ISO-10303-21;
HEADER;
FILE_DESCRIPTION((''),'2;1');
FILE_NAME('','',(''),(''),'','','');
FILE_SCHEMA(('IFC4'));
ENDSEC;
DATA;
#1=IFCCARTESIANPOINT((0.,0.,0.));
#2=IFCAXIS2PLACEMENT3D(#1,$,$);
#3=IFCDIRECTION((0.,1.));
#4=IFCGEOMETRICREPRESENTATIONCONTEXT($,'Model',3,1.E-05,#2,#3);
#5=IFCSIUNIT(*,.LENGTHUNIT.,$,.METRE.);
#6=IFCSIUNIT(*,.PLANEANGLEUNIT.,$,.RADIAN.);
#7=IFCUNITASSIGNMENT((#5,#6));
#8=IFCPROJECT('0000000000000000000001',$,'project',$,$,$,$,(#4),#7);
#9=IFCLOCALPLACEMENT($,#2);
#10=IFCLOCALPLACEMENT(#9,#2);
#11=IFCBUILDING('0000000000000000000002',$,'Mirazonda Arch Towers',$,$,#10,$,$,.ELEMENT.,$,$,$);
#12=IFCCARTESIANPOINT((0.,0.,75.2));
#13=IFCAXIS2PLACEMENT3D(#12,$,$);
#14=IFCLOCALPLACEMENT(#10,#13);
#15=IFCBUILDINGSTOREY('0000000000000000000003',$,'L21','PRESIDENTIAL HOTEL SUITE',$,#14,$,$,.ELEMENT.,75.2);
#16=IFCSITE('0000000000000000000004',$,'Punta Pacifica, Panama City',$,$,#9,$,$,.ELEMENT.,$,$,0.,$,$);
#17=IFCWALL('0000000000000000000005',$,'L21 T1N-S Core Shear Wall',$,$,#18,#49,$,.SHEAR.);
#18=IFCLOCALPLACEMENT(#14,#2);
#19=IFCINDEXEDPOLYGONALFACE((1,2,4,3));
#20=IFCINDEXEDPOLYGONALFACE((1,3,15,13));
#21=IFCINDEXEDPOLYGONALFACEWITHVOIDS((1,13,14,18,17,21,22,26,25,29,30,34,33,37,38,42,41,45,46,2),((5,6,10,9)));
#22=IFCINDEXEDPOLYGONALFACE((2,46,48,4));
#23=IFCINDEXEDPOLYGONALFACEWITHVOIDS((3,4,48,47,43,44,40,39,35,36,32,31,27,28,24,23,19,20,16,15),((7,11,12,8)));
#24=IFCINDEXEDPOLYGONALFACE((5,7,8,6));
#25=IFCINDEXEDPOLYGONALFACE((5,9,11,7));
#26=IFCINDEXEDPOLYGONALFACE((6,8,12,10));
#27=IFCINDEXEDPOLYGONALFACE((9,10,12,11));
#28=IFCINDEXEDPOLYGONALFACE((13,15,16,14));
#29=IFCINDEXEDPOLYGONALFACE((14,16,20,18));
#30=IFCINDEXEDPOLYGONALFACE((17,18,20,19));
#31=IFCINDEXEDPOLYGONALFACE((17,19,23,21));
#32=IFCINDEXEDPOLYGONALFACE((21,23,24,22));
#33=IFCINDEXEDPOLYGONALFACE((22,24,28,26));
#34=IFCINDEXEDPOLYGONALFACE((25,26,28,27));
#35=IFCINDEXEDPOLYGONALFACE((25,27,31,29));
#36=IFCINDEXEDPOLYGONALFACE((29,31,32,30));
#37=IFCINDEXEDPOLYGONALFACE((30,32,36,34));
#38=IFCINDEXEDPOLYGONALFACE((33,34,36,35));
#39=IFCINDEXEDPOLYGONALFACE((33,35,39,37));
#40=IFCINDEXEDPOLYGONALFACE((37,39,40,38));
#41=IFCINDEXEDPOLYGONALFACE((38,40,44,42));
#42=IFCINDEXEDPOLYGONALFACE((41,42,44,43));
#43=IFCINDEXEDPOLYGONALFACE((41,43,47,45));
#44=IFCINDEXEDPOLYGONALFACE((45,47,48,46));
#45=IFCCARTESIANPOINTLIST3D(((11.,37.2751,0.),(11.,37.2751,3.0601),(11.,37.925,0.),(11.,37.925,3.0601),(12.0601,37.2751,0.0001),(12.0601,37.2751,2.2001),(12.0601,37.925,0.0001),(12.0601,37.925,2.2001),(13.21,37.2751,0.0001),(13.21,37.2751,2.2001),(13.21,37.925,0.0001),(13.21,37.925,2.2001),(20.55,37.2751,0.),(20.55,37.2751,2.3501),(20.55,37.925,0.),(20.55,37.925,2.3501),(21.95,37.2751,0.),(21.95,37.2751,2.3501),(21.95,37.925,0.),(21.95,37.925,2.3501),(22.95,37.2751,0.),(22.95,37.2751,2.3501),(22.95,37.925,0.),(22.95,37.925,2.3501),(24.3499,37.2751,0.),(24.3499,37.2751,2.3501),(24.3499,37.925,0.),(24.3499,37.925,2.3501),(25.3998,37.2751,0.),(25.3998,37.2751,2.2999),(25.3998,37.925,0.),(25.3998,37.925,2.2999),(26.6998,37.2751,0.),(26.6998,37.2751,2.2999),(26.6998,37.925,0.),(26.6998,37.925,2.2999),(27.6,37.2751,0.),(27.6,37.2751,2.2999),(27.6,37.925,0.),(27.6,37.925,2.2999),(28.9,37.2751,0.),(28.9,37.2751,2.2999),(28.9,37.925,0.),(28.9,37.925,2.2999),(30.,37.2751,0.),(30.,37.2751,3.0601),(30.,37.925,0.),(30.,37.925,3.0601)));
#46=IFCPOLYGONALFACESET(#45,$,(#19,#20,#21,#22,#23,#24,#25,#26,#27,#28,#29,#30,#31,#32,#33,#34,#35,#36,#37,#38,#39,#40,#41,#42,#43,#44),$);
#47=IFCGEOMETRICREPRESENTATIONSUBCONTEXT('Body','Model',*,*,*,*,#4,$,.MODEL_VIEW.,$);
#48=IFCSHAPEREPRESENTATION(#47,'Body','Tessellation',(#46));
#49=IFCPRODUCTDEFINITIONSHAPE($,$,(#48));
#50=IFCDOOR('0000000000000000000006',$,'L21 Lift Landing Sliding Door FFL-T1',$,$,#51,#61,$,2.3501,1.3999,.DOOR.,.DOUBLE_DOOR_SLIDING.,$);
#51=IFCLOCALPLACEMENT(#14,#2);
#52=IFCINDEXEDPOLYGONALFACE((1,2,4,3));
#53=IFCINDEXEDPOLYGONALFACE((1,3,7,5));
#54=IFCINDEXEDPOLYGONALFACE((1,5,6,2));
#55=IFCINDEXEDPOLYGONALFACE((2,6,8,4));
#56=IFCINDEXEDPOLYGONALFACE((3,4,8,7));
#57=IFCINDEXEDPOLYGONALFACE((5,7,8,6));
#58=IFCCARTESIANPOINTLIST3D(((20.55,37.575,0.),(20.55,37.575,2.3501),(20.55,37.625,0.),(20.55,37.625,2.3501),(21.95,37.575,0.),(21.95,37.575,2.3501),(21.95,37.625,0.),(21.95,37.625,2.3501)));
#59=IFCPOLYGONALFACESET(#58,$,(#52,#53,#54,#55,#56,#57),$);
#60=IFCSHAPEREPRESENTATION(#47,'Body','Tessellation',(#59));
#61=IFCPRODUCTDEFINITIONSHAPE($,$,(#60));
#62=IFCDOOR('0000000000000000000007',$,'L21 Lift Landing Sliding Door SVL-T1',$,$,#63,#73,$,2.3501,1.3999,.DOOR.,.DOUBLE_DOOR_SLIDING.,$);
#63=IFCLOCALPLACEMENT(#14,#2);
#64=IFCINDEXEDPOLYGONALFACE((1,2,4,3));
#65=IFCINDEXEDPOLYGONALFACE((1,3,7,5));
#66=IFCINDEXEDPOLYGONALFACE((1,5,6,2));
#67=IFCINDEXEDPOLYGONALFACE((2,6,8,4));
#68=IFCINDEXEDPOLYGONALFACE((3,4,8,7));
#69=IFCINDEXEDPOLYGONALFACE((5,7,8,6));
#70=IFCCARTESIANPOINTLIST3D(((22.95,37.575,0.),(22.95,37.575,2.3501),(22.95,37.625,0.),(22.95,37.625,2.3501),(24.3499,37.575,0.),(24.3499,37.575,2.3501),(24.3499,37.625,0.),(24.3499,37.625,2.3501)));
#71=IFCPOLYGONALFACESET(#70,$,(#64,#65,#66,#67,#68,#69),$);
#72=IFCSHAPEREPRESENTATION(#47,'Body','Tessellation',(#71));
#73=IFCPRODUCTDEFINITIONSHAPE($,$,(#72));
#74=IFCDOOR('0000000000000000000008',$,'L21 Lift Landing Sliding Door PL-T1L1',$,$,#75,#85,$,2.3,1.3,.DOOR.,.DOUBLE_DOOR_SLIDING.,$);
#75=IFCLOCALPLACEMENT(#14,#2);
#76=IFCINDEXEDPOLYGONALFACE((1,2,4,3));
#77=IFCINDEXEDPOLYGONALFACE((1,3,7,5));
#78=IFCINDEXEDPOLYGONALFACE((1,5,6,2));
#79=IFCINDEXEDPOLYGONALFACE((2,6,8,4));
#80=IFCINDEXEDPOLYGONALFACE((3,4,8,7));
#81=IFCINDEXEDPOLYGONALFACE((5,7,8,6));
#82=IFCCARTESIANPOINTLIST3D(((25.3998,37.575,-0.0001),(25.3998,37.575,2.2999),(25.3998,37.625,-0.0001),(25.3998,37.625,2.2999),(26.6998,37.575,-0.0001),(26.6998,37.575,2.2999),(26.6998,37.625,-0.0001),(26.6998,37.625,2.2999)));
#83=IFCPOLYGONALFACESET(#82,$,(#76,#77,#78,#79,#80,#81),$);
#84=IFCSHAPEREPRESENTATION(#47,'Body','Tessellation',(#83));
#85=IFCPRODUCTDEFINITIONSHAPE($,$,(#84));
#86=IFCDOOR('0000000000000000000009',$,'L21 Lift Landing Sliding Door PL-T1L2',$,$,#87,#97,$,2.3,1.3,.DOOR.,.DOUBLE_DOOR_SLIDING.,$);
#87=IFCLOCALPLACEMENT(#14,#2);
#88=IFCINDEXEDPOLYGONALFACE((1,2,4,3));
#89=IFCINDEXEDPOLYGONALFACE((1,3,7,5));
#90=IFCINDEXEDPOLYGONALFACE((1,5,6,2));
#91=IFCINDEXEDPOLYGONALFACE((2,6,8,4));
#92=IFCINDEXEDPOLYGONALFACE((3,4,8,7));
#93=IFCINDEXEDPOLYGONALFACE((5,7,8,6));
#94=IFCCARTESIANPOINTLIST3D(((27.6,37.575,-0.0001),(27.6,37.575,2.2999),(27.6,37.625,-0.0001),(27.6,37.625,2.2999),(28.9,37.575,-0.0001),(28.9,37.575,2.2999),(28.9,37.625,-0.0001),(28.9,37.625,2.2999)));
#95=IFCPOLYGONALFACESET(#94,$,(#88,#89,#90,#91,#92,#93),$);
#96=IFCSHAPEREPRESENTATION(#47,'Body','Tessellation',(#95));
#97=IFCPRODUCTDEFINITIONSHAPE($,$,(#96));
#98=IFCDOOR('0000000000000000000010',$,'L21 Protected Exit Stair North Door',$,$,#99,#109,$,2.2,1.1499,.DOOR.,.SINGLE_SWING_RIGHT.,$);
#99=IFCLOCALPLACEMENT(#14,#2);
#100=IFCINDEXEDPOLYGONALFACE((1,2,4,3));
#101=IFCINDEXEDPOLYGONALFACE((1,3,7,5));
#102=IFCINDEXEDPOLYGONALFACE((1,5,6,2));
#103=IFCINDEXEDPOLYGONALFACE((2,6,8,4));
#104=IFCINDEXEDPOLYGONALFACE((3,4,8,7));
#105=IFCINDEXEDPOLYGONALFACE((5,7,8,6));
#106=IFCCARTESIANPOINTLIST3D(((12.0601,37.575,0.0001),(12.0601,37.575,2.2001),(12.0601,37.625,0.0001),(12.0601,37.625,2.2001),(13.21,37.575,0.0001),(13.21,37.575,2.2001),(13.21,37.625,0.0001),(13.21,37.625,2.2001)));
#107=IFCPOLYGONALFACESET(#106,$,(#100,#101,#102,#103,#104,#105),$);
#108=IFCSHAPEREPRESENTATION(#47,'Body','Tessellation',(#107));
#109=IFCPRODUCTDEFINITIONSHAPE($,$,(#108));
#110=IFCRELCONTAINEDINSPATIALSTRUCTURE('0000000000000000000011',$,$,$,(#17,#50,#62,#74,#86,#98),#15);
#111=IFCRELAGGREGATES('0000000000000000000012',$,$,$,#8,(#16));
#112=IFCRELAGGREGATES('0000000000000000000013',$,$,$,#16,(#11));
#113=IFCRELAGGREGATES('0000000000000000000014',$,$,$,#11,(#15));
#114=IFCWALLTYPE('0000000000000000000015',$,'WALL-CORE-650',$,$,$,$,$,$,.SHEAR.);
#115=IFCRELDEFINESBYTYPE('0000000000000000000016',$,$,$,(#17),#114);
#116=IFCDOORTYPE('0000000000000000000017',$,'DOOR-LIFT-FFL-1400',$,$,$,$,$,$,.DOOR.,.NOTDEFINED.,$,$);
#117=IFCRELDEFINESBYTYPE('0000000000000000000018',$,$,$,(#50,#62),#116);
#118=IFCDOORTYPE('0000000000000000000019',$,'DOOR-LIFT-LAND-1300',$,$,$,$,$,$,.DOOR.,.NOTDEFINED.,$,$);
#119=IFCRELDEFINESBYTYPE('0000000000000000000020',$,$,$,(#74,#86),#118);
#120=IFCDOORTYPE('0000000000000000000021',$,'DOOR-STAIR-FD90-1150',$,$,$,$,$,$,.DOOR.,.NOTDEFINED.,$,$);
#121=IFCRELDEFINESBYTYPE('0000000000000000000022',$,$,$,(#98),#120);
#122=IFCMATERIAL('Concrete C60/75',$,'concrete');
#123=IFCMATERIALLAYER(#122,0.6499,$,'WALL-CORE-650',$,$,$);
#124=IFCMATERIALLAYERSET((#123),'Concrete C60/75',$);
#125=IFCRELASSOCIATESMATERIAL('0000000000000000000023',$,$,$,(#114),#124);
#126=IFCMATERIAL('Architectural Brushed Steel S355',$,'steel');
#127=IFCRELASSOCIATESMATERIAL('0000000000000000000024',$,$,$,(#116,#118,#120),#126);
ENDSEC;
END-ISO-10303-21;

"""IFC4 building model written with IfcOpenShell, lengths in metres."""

from ifc_helpers import new_model, si_unit, direction, frame, frame_2d, origin, place, context, subcontext, project, spatial, rectangle, extrude, material, layer, layer_set, type_object, element, fill, save


model = new_model("IFC4")

# Units and contexts
model_context = context("Model", 3, precision=1e-05, world=origin(), true_north=direction((0.0, 1.0)))
body_context = subcontext(model_context, "Body", "Model", "MODEL_VIEW")
ifc_project = project(units=[si_unit("LENGTHUNIT", "METRE"), si_unit("PLANEANGLEUNIT", "RADIAN")], contexts=[model_context])

# Site, building, storey
site_placement = place(None, origin())
site = spatial("IfcSite", under=ifc_project, at=site_placement, Name="Punta Pacifica, Panama City", CompositionType="ELEMENT", RefElevation=0.0)
building_placement = place(site_placement, origin())
building = spatial("IfcBuilding", under=site, at=building_placement, Name="Mirazonda Arch Towers", CompositionType="ELEMENT")
storey_placement = place(building_placement, frame((0.0, 0.0, 75.2)))
storey = spatial("IfcBuildingStorey", under=building, at=storey_placement, Name="L21", Description="PRESIDENTIAL HOTEL SUITE", CompositionType="ELEMENT", Elevation=75.2)

# Shared definitions
ifc_material_1 = material(Name="Concrete C60/75", Category="concrete")

# Shared definitions
ifc_layer_1 = layer(ifc_material_1, 0.6499, Name="WALL-CORE-650")
ifc_layer_set_1 = layer_set([ifc_layer_1], Name="Concrete C60/75")
wall_type_1 = type_object("IfcWallType", Name="WALL-CORE-650", PredefinedType="SHEAR", material=ifc_layer_set_1)

# Wall, openings, doors
wall_1_placement = place(storey_placement, frame((11.0, 37.6001, 0.0), z_axis=(0.0, 0.0, 1.0), x_axis=(1.0, 0.0, 0.0)))
wall_1 = element("IfcWall", 1, at=wall_1_placement, inside=storey, type_object=wall_type_1, Name="L21 T1N-S Core Shear Wall", PredefinedType="SHEAR", context=body_context, shape_type="SweptSolid", body=[
    extrude(rectangle(XDim=19.0, YDim=0.6499, at=frame_2d((9.5, 0.0))), origin(), (0.0, 0.0, 1.0), 3.0601),
])
opening_1_placement = place(wall_1_placement, frame((1.0601, 0.0, 0.0)))
opening_1 = element("IfcOpeningElement", 2, at=opening_1_placement, cuts=wall_1, PredefinedType="OPENING", context=body_context, shape_type="SweptSolid", body=[
    extrude(rectangle(XDim=1.1499, YDim=2.2, at=frame_2d((0.575, 1.1001))), frame((0.0, 0.335, 0.0), z_axis=(0.0, -1.0, 0.0), x_axis=(1.0, 0.0, 0.0)), (0.0, 0.0, 1.0), 0.6699),
])
opening_2_placement = place(wall_1_placement, frame((9.55, 0.0, 0.0)))
opening_2 = element("IfcOpeningElement", 3, at=opening_2_placement, cuts=wall_1, PredefinedType="OPENING", context=body_context, shape_type="SweptSolid", body=[
    extrude(rectangle(XDim=1.3999, YDim=2.3501, at=frame_2d((0.7, 1.175))), frame((0.0, 0.335, 0.0), z_axis=(0.0, -1.0, 0.0), x_axis=(1.0, 0.0, 0.0)), (0.0, 0.0, 1.0), 0.6699),
])
opening_3_placement = place(wall_1_placement, frame((11.95, 0.0, 0.0)))
opening_3 = element("IfcOpeningElement", 4, at=opening_3_placement, cuts=wall_1, PredefinedType="OPENING", context=body_context, shape_type="SweptSolid", body=[
    extrude(rectangle(XDim=1.3999, YDim=2.3501, at=frame_2d((0.7, 1.175))), frame((0.0, 0.335, 0.0), z_axis=(0.0, -1.0, 0.0), x_axis=(1.0, 0.0, 0.0)), (0.0, 0.0, 1.0), 0.6699),
])
opening_4_placement = place(wall_1_placement, frame((14.3999, 0.0, 0.0)))
opening_4 = element("IfcOpeningElement", 5, at=opening_4_placement, cuts=wall_1, PredefinedType="OPENING", context=body_context, shape_type="SweptSolid", body=[
    extrude(rectangle(XDim=1.3, YDim=2.3, at=frame_2d((0.6499, 1.1499))), frame((0.0, 0.335, 0.0), z_axis=(0.0, -1.0, 0.0), x_axis=(1.0, 0.0, 0.0)), (0.0, 0.0, 1.0), 0.6699),
])
opening_5_placement = place(wall_1_placement, frame((16.6001, 0.0, 0.0)))
opening_5 = element("IfcOpeningElement", 6, at=opening_5_placement, cuts=wall_1, PredefinedType="OPENING", context=body_context, shape_type="SweptSolid", body=[
    extrude(rectangle(XDim=1.3, YDim=2.3, at=frame_2d((0.6499, 1.1499))), frame((0.0, 0.335, 0.0), z_axis=(0.0, -1.0, 0.0), x_axis=(1.0, 0.0, 0.0)), (0.0, 0.0, 1.0), 0.6699),
])
ifc_material_2 = material(Name="Architectural Brushed Steel S355", Category="steel")
door_type_1 = type_object("IfcDoorType", Name="DOOR-LIFT-FFL-1400", OperationType="NOTDEFINED", PredefinedType="DOOR", material=ifc_material_2)
door_1_placement = place(opening_2_placement, origin())
door_1 = element("IfcDoor", 7, at=door_1_placement, inside=storey, type_object=door_type_1, Name="L21 Lift Landing Sliding Door FFL-T1", OperationType="DOUBLE_DOOR_SLIDING", OverallHeight=2.3501, OverallWidth=1.3999, PredefinedType="DOOR", context=body_context, shape_type="SweptSolid", body=[
    extrude(rectangle(XDim=1.3999, YDim=2.3501, at=frame_2d((0.7, 1.175))), frame((0.0, 0.0249, 0.0), z_axis=(0.0, -1.0, 0.0), x_axis=(1.0, 0.0, 0.0)), (0.0, 0.0, 1.0), 0.05),
])
fill(opening_2, door_1)
door_2_placement = place(opening_3_placement, origin())
door_2 = element("IfcDoor", 8, at=door_2_placement, inside=storey, type_object=door_type_1, Name="L21 Lift Landing Sliding Door SVL-T1", OperationType="DOUBLE_DOOR_SLIDING", OverallHeight=2.3501, OverallWidth=1.3999, PredefinedType="DOOR", context=body_context, shape_type="SweptSolid", body=[
    extrude(rectangle(XDim=1.3999, YDim=2.3501, at=frame_2d((0.7, 1.175))), frame((0.0, 0.0249, 0.0), z_axis=(0.0, -1.0, 0.0), x_axis=(1.0, 0.0, 0.0)), (0.0, 0.0, 1.0), 0.05),
])
fill(opening_3, door_2)
door_type_2 = type_object("IfcDoorType", Name="DOOR-LIFT-LAND-1300", OperationType="NOTDEFINED", PredefinedType="DOOR", material=ifc_material_2)
door_3_placement = place(opening_4_placement, origin())
door_3 = element("IfcDoor", 9, at=door_3_placement, inside=storey, type_object=door_type_2, Name="L21 Lift Landing Sliding Door PL-T1L1", OperationType="DOUBLE_DOOR_SLIDING", OverallHeight=2.3, OverallWidth=1.3, PredefinedType="DOOR", context=body_context, shape_type="SweptSolid", body=[
    extrude(rectangle(XDim=1.3, YDim=2.3, at=frame_2d((0.6499, 1.1499))), frame((0.0, 0.0249, 0.0), z_axis=(0.0, -1.0, 0.0), x_axis=(1.0, 0.0, 0.0)), (0.0, 0.0, 1.0), 0.05),
])
fill(opening_4, door_3)
door_4_placement = place(opening_5_placement, origin())
door_4 = element("IfcDoor", 10, at=door_4_placement, inside=storey, type_object=door_type_2, Name="L21 Lift Landing Sliding Door PL-T1L2", OperationType="DOUBLE_DOOR_SLIDING", OverallHeight=2.3, OverallWidth=1.3, PredefinedType="DOOR", context=body_context, shape_type="SweptSolid", body=[
    extrude(rectangle(XDim=1.3, YDim=2.3, at=frame_2d((0.6499, 1.1499))), frame((0.0, 0.0249, 0.0), z_axis=(0.0, -1.0, 0.0), x_axis=(1.0, 0.0, 0.0)), (0.0, 0.0, 1.0), 0.05),
])
fill(opening_5, door_4)
door_type_3 = type_object("IfcDoorType", Name="DOOR-STAIR-FD90-1150", OperationType="NOTDEFINED", PredefinedType="DOOR", material=ifc_material_2)
door_5_placement = place(opening_1_placement, origin())
door_5 = element("IfcDoor", 11, at=door_5_placement, inside=storey, type_object=door_type_3, Name="L21 Protected Exit Stair North Door", OperationType="SINGLE_SWING_RIGHT", OverallHeight=2.2, OverallWidth=1.1499, PredefinedType="DOOR", context=body_context, shape_type="SweptSolid", body=[
    extrude(rectangle(XDim=1.1499, YDim=2.2, at=frame_2d((0.575, 1.1001))), frame((0.0, 0.0249, 0.0), z_axis=(0.0, -1.0, 0.0), x_axis=(1.0, 0.0, 0.0)), (0.0, 0.0, 1.0), 0.05),
])
fill(opening_1, door_5)

save(model, "model.ifc")
